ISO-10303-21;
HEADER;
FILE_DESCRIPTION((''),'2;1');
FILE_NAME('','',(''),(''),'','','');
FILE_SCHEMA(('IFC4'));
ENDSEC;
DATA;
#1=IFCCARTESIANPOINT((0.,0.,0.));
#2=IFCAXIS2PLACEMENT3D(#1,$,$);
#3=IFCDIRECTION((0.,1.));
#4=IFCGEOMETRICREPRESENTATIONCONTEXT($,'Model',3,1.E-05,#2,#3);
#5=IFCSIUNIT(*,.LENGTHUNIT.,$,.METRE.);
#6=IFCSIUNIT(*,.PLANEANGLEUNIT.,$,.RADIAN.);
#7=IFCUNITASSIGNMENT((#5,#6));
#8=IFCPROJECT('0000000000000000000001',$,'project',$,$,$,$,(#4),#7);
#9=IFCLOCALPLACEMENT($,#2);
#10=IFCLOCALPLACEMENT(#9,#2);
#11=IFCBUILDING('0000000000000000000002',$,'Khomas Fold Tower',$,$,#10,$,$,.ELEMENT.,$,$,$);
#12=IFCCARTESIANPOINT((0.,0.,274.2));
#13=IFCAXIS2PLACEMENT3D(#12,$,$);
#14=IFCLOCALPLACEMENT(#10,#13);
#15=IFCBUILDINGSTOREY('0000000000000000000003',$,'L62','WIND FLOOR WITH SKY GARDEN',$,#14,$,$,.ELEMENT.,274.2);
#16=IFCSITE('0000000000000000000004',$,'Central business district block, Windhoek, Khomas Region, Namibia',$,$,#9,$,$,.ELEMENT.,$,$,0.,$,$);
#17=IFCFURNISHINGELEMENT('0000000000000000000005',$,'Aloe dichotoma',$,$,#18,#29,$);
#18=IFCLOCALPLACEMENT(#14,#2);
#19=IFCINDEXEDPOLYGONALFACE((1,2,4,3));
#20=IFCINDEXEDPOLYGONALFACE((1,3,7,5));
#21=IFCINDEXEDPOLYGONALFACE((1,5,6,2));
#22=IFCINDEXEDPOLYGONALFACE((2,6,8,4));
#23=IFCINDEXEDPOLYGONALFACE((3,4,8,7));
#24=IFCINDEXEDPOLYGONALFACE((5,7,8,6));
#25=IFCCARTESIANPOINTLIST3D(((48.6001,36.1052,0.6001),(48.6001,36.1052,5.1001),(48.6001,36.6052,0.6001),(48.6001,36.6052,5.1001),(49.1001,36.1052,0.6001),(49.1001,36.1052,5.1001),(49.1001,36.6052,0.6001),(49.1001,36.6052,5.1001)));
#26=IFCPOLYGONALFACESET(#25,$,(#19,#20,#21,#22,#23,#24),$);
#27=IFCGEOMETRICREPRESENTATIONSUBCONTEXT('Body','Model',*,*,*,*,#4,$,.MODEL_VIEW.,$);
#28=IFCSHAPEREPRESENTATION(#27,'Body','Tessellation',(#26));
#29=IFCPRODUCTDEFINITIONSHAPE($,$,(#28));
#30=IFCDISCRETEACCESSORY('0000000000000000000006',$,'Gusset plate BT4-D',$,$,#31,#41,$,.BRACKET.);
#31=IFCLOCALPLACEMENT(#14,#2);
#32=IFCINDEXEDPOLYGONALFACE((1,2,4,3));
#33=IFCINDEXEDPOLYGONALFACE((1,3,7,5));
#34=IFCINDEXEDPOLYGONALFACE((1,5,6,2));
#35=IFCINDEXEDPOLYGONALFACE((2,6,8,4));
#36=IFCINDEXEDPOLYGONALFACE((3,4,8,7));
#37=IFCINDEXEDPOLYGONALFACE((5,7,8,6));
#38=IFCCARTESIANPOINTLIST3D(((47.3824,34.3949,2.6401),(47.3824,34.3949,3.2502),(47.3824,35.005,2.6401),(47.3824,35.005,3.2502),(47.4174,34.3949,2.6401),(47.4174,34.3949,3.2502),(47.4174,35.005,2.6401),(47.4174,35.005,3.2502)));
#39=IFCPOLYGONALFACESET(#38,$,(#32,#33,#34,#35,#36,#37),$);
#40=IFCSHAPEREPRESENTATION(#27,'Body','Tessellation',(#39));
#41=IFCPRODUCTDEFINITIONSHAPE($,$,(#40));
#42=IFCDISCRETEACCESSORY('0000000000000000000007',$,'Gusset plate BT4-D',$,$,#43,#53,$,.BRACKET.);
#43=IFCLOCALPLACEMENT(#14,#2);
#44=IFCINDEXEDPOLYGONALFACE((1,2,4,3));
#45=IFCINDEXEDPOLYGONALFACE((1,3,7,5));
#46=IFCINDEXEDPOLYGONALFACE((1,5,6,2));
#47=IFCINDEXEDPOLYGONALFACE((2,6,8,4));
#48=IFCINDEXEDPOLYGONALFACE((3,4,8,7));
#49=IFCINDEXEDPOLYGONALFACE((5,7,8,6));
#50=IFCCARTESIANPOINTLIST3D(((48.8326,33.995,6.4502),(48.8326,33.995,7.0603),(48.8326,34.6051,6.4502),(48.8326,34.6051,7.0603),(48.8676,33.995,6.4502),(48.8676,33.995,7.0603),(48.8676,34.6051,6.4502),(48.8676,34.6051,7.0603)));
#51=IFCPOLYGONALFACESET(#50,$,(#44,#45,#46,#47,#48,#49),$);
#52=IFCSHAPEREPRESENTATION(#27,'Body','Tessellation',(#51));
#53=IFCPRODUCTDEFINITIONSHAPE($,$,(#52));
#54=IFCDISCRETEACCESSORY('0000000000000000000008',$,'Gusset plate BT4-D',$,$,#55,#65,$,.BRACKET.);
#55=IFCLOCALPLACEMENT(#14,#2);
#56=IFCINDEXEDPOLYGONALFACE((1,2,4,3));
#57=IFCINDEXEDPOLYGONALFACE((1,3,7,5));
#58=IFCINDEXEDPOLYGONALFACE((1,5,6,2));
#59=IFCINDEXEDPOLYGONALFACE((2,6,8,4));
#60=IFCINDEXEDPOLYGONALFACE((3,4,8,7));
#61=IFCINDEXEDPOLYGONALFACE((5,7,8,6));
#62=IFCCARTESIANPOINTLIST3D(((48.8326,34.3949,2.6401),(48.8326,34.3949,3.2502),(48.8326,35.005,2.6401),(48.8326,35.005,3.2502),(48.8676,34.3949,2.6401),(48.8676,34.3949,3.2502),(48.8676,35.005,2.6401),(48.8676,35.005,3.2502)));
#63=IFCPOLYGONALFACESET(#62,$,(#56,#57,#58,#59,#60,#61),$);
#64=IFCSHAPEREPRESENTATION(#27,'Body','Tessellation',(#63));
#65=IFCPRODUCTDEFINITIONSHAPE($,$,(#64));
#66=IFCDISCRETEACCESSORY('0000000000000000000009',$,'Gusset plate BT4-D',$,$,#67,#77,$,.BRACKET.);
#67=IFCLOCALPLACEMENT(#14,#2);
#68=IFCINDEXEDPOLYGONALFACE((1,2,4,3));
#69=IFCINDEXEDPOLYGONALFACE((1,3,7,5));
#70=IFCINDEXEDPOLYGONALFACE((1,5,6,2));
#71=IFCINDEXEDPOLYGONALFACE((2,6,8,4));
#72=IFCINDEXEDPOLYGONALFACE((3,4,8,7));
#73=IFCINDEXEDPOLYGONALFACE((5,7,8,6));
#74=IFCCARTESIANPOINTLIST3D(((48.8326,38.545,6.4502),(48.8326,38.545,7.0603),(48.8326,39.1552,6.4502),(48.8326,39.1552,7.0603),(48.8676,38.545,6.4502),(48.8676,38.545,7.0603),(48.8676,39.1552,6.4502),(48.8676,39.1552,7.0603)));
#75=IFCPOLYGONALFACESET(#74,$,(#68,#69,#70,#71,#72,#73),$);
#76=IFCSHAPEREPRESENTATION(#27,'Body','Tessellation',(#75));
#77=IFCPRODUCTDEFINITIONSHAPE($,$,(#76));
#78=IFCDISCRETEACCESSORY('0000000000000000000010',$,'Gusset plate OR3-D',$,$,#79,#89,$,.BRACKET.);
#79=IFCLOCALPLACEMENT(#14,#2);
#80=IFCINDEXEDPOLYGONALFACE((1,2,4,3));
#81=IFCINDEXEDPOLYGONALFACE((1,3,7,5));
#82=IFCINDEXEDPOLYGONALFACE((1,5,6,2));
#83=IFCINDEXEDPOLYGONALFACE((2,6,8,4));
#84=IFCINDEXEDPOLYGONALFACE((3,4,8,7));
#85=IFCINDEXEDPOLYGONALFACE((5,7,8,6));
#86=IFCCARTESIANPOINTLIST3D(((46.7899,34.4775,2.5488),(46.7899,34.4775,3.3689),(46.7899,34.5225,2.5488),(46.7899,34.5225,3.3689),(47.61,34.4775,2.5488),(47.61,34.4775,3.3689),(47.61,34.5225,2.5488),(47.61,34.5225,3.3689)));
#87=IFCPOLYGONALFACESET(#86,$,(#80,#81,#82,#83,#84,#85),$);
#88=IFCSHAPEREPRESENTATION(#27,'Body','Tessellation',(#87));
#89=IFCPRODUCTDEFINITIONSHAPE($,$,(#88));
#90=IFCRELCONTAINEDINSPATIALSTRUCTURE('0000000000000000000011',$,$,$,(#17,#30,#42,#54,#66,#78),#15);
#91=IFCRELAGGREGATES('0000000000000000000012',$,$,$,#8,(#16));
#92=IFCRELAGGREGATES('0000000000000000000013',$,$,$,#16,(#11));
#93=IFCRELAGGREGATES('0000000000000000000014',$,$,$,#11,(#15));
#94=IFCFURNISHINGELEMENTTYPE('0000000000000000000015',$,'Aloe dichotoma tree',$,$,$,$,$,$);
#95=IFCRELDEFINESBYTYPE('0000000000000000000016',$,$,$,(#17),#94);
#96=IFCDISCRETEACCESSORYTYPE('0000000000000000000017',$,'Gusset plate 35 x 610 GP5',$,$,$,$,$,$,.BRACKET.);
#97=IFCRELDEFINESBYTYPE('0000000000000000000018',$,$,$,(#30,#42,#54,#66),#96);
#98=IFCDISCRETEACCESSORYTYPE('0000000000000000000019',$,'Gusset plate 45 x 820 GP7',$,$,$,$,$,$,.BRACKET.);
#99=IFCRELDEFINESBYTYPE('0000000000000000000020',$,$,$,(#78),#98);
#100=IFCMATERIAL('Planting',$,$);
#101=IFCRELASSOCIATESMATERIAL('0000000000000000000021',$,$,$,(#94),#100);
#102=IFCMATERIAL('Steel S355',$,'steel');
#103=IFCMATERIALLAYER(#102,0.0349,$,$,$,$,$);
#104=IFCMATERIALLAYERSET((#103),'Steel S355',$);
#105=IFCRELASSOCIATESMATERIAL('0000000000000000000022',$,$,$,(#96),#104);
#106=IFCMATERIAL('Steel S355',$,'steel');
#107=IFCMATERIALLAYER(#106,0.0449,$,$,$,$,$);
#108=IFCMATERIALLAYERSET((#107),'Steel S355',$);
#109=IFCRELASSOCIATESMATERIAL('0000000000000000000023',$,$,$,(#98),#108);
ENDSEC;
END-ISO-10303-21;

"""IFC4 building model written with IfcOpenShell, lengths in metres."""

from ifc_helpers import new_model, si_unit, direction, frame, origin, origin_2d, place, context, subcontext, project, spatial, rectangle, extrude, source, transform, mapped, material, layer, layer_set, type_object, element, save


model = new_model("IFC4")

# Units and contexts
model_context = context("Model", 3, precision=1e-05, world=origin(), true_north=direction((0.0, 1.0)))
body_context = subcontext(model_context, "Body", "Model", "MODEL_VIEW")
ifc_project = project(units=[si_unit("LENGTHUNIT", "METRE"), si_unit("PLANEANGLEUNIT", "RADIAN")], contexts=[model_context])

# Site, building, storey
site_placement = place(None, origin())
site = spatial("IfcSite", under=ifc_project, at=site_placement, Name="Central business district block, Windhoek, Khomas Region, Namibia", CompositionType="ELEMENT", RefElevation=0.0)
building_placement = place(site_placement, origin())
building = spatial("IfcBuilding", under=site, at=building_placement, Name="Khomas Fold Tower", CompositionType="ELEMENT")
storey_placement = place(building_placement, frame((0.0, 0.0, 274.2)))
storey = spatial("IfcBuildingStorey", under=building, at=storey_placement, Name="L62", Description="WIND FLOOR WITH SKY GARDEN", CompositionType="ELEMENT", Elevation=274.2)

# Furnishing element
ifc_material_1 = material(Name="Planting")
furnishing_element_type_1 = type_object("IfcFurnishingElementType", Name="Aloe dichotoma tree", material=ifc_material_1)
shared_shape_1 = source(origin(), body_context, "Body", "SweptSolid", [
    extrude(rectangle(XDim=0.5, YDim=0.5, at=origin_2d()), origin(), (0.0, 0.0, 1.0), 4.5),
])
furnishing_1_placement = place(storey_placement, frame((48.8501, 36.3552, 0.6001), z_axis=(0.0, 0.0, 1.0), x_axis=(1.0, 0.0, 0.0)))
element("IfcFurnishingElement", 1, at=furnishing_1_placement, inside=storey, type_object=furnishing_element_type_1, Name="Aloe dichotoma", context=body_context, shape_type="MappedRepresentation", body=[
    mapped(shared_shape_1, transform((0.0, 0.0, 0.0))),
])

# Discrete accessories
ifc_material_2 = material(Name="Steel S355", Category="steel")
ifc_layer_1 = layer(ifc_material_2, 0.0349)
ifc_layer_set_1 = layer_set([ifc_layer_1], Name="Steel S355")
discrete_accessory_type_1 = type_object("IfcDiscreteAccessoryType", Name="Gusset plate 35 x 610 GP5", PredefinedType="BRACKET", material=ifc_layer_set_1)
shared_shape_2 = source(origin(), body_context, "Body", "SweptSolid", [
    extrude(rectangle(XDim=0.6101, YDim=0.0349, at=origin_2d()), origin(), (0.0, 0.0, 1.0), 0.6101),
])
for number, where, z_axis, x_axis, name in (
    (2, (47.3999, 34.7, 2.6401), (0.0, 0.0, 1.0), (0.0, 1.0, 0.0), "Gusset plate BT4-D"),
    (3, (48.8501, 34.3, 6.4502), (0.0, 0.0, 1.0), (0.0, 1.0, 0.0), "Gusset plate BT4-D"),
    (4, (48.8501, 34.7, 2.6401), (0.0, 0.0, 1.0), (0.0, 1.0, 0.0), "Gusset plate BT4-D"),
    (5, (48.8501, 38.8501, 6.4502), (0.0, 0.0, 1.0), (0.0, 1.0, 0.0), "Gusset plate BT4-D"),
):
    element("IfcDiscreteAccessory", number, at=place(storey_placement, frame(where, z_axis=z_axis, x_axis=x_axis)), inside=storey, type_object=discrete_accessory_type_1, Name=name, PredefinedType="BRACKET", context=body_context, shape_type="MappedRepresentation", body=[
        mapped(shared_shape_2, transform((0.0, 0.0, 0.0))),
    ])
ifc_material_3 = material(Name="Steel S355", Category="steel")
ifc_layer_2 = layer(ifc_material_3, 0.0449)
ifc_layer_set_2 = layer_set([ifc_layer_2], Name="Steel S355")
discrete_accessory_type_2 = type_object("IfcDiscreteAccessoryType", Name="Gusset plate 45 x 820 GP7", PredefinedType="BRACKET", material=ifc_layer_set_2)
shared_shape_3 = source(origin(), body_context, "Body", "SweptSolid", [
    extrude(rectangle(XDim=0.8201, YDim=0.0449, at=origin_2d()), origin(), (0.0, 0.0, 1.0), 0.8201),
])
discrete_accessory_placement = place(storey_placement, frame((47.2, 34.5, 2.5488), z_axis=(0.0, 0.0, 1.0), x_axis=(1.0, 0.0, 0.0)))
element("IfcDiscreteAccessory", 6, at=discrete_accessory_placement, inside=storey, type_object=discrete_accessory_type_2, Name="Gusset plate OR3-D", PredefinedType="BRACKET", context=body_context, shape_type="MappedRepresentation", body=[
    mapped(shared_shape_3, transform((0.0, 0.0, 0.0))),
])

save(model, "model.ifc")
